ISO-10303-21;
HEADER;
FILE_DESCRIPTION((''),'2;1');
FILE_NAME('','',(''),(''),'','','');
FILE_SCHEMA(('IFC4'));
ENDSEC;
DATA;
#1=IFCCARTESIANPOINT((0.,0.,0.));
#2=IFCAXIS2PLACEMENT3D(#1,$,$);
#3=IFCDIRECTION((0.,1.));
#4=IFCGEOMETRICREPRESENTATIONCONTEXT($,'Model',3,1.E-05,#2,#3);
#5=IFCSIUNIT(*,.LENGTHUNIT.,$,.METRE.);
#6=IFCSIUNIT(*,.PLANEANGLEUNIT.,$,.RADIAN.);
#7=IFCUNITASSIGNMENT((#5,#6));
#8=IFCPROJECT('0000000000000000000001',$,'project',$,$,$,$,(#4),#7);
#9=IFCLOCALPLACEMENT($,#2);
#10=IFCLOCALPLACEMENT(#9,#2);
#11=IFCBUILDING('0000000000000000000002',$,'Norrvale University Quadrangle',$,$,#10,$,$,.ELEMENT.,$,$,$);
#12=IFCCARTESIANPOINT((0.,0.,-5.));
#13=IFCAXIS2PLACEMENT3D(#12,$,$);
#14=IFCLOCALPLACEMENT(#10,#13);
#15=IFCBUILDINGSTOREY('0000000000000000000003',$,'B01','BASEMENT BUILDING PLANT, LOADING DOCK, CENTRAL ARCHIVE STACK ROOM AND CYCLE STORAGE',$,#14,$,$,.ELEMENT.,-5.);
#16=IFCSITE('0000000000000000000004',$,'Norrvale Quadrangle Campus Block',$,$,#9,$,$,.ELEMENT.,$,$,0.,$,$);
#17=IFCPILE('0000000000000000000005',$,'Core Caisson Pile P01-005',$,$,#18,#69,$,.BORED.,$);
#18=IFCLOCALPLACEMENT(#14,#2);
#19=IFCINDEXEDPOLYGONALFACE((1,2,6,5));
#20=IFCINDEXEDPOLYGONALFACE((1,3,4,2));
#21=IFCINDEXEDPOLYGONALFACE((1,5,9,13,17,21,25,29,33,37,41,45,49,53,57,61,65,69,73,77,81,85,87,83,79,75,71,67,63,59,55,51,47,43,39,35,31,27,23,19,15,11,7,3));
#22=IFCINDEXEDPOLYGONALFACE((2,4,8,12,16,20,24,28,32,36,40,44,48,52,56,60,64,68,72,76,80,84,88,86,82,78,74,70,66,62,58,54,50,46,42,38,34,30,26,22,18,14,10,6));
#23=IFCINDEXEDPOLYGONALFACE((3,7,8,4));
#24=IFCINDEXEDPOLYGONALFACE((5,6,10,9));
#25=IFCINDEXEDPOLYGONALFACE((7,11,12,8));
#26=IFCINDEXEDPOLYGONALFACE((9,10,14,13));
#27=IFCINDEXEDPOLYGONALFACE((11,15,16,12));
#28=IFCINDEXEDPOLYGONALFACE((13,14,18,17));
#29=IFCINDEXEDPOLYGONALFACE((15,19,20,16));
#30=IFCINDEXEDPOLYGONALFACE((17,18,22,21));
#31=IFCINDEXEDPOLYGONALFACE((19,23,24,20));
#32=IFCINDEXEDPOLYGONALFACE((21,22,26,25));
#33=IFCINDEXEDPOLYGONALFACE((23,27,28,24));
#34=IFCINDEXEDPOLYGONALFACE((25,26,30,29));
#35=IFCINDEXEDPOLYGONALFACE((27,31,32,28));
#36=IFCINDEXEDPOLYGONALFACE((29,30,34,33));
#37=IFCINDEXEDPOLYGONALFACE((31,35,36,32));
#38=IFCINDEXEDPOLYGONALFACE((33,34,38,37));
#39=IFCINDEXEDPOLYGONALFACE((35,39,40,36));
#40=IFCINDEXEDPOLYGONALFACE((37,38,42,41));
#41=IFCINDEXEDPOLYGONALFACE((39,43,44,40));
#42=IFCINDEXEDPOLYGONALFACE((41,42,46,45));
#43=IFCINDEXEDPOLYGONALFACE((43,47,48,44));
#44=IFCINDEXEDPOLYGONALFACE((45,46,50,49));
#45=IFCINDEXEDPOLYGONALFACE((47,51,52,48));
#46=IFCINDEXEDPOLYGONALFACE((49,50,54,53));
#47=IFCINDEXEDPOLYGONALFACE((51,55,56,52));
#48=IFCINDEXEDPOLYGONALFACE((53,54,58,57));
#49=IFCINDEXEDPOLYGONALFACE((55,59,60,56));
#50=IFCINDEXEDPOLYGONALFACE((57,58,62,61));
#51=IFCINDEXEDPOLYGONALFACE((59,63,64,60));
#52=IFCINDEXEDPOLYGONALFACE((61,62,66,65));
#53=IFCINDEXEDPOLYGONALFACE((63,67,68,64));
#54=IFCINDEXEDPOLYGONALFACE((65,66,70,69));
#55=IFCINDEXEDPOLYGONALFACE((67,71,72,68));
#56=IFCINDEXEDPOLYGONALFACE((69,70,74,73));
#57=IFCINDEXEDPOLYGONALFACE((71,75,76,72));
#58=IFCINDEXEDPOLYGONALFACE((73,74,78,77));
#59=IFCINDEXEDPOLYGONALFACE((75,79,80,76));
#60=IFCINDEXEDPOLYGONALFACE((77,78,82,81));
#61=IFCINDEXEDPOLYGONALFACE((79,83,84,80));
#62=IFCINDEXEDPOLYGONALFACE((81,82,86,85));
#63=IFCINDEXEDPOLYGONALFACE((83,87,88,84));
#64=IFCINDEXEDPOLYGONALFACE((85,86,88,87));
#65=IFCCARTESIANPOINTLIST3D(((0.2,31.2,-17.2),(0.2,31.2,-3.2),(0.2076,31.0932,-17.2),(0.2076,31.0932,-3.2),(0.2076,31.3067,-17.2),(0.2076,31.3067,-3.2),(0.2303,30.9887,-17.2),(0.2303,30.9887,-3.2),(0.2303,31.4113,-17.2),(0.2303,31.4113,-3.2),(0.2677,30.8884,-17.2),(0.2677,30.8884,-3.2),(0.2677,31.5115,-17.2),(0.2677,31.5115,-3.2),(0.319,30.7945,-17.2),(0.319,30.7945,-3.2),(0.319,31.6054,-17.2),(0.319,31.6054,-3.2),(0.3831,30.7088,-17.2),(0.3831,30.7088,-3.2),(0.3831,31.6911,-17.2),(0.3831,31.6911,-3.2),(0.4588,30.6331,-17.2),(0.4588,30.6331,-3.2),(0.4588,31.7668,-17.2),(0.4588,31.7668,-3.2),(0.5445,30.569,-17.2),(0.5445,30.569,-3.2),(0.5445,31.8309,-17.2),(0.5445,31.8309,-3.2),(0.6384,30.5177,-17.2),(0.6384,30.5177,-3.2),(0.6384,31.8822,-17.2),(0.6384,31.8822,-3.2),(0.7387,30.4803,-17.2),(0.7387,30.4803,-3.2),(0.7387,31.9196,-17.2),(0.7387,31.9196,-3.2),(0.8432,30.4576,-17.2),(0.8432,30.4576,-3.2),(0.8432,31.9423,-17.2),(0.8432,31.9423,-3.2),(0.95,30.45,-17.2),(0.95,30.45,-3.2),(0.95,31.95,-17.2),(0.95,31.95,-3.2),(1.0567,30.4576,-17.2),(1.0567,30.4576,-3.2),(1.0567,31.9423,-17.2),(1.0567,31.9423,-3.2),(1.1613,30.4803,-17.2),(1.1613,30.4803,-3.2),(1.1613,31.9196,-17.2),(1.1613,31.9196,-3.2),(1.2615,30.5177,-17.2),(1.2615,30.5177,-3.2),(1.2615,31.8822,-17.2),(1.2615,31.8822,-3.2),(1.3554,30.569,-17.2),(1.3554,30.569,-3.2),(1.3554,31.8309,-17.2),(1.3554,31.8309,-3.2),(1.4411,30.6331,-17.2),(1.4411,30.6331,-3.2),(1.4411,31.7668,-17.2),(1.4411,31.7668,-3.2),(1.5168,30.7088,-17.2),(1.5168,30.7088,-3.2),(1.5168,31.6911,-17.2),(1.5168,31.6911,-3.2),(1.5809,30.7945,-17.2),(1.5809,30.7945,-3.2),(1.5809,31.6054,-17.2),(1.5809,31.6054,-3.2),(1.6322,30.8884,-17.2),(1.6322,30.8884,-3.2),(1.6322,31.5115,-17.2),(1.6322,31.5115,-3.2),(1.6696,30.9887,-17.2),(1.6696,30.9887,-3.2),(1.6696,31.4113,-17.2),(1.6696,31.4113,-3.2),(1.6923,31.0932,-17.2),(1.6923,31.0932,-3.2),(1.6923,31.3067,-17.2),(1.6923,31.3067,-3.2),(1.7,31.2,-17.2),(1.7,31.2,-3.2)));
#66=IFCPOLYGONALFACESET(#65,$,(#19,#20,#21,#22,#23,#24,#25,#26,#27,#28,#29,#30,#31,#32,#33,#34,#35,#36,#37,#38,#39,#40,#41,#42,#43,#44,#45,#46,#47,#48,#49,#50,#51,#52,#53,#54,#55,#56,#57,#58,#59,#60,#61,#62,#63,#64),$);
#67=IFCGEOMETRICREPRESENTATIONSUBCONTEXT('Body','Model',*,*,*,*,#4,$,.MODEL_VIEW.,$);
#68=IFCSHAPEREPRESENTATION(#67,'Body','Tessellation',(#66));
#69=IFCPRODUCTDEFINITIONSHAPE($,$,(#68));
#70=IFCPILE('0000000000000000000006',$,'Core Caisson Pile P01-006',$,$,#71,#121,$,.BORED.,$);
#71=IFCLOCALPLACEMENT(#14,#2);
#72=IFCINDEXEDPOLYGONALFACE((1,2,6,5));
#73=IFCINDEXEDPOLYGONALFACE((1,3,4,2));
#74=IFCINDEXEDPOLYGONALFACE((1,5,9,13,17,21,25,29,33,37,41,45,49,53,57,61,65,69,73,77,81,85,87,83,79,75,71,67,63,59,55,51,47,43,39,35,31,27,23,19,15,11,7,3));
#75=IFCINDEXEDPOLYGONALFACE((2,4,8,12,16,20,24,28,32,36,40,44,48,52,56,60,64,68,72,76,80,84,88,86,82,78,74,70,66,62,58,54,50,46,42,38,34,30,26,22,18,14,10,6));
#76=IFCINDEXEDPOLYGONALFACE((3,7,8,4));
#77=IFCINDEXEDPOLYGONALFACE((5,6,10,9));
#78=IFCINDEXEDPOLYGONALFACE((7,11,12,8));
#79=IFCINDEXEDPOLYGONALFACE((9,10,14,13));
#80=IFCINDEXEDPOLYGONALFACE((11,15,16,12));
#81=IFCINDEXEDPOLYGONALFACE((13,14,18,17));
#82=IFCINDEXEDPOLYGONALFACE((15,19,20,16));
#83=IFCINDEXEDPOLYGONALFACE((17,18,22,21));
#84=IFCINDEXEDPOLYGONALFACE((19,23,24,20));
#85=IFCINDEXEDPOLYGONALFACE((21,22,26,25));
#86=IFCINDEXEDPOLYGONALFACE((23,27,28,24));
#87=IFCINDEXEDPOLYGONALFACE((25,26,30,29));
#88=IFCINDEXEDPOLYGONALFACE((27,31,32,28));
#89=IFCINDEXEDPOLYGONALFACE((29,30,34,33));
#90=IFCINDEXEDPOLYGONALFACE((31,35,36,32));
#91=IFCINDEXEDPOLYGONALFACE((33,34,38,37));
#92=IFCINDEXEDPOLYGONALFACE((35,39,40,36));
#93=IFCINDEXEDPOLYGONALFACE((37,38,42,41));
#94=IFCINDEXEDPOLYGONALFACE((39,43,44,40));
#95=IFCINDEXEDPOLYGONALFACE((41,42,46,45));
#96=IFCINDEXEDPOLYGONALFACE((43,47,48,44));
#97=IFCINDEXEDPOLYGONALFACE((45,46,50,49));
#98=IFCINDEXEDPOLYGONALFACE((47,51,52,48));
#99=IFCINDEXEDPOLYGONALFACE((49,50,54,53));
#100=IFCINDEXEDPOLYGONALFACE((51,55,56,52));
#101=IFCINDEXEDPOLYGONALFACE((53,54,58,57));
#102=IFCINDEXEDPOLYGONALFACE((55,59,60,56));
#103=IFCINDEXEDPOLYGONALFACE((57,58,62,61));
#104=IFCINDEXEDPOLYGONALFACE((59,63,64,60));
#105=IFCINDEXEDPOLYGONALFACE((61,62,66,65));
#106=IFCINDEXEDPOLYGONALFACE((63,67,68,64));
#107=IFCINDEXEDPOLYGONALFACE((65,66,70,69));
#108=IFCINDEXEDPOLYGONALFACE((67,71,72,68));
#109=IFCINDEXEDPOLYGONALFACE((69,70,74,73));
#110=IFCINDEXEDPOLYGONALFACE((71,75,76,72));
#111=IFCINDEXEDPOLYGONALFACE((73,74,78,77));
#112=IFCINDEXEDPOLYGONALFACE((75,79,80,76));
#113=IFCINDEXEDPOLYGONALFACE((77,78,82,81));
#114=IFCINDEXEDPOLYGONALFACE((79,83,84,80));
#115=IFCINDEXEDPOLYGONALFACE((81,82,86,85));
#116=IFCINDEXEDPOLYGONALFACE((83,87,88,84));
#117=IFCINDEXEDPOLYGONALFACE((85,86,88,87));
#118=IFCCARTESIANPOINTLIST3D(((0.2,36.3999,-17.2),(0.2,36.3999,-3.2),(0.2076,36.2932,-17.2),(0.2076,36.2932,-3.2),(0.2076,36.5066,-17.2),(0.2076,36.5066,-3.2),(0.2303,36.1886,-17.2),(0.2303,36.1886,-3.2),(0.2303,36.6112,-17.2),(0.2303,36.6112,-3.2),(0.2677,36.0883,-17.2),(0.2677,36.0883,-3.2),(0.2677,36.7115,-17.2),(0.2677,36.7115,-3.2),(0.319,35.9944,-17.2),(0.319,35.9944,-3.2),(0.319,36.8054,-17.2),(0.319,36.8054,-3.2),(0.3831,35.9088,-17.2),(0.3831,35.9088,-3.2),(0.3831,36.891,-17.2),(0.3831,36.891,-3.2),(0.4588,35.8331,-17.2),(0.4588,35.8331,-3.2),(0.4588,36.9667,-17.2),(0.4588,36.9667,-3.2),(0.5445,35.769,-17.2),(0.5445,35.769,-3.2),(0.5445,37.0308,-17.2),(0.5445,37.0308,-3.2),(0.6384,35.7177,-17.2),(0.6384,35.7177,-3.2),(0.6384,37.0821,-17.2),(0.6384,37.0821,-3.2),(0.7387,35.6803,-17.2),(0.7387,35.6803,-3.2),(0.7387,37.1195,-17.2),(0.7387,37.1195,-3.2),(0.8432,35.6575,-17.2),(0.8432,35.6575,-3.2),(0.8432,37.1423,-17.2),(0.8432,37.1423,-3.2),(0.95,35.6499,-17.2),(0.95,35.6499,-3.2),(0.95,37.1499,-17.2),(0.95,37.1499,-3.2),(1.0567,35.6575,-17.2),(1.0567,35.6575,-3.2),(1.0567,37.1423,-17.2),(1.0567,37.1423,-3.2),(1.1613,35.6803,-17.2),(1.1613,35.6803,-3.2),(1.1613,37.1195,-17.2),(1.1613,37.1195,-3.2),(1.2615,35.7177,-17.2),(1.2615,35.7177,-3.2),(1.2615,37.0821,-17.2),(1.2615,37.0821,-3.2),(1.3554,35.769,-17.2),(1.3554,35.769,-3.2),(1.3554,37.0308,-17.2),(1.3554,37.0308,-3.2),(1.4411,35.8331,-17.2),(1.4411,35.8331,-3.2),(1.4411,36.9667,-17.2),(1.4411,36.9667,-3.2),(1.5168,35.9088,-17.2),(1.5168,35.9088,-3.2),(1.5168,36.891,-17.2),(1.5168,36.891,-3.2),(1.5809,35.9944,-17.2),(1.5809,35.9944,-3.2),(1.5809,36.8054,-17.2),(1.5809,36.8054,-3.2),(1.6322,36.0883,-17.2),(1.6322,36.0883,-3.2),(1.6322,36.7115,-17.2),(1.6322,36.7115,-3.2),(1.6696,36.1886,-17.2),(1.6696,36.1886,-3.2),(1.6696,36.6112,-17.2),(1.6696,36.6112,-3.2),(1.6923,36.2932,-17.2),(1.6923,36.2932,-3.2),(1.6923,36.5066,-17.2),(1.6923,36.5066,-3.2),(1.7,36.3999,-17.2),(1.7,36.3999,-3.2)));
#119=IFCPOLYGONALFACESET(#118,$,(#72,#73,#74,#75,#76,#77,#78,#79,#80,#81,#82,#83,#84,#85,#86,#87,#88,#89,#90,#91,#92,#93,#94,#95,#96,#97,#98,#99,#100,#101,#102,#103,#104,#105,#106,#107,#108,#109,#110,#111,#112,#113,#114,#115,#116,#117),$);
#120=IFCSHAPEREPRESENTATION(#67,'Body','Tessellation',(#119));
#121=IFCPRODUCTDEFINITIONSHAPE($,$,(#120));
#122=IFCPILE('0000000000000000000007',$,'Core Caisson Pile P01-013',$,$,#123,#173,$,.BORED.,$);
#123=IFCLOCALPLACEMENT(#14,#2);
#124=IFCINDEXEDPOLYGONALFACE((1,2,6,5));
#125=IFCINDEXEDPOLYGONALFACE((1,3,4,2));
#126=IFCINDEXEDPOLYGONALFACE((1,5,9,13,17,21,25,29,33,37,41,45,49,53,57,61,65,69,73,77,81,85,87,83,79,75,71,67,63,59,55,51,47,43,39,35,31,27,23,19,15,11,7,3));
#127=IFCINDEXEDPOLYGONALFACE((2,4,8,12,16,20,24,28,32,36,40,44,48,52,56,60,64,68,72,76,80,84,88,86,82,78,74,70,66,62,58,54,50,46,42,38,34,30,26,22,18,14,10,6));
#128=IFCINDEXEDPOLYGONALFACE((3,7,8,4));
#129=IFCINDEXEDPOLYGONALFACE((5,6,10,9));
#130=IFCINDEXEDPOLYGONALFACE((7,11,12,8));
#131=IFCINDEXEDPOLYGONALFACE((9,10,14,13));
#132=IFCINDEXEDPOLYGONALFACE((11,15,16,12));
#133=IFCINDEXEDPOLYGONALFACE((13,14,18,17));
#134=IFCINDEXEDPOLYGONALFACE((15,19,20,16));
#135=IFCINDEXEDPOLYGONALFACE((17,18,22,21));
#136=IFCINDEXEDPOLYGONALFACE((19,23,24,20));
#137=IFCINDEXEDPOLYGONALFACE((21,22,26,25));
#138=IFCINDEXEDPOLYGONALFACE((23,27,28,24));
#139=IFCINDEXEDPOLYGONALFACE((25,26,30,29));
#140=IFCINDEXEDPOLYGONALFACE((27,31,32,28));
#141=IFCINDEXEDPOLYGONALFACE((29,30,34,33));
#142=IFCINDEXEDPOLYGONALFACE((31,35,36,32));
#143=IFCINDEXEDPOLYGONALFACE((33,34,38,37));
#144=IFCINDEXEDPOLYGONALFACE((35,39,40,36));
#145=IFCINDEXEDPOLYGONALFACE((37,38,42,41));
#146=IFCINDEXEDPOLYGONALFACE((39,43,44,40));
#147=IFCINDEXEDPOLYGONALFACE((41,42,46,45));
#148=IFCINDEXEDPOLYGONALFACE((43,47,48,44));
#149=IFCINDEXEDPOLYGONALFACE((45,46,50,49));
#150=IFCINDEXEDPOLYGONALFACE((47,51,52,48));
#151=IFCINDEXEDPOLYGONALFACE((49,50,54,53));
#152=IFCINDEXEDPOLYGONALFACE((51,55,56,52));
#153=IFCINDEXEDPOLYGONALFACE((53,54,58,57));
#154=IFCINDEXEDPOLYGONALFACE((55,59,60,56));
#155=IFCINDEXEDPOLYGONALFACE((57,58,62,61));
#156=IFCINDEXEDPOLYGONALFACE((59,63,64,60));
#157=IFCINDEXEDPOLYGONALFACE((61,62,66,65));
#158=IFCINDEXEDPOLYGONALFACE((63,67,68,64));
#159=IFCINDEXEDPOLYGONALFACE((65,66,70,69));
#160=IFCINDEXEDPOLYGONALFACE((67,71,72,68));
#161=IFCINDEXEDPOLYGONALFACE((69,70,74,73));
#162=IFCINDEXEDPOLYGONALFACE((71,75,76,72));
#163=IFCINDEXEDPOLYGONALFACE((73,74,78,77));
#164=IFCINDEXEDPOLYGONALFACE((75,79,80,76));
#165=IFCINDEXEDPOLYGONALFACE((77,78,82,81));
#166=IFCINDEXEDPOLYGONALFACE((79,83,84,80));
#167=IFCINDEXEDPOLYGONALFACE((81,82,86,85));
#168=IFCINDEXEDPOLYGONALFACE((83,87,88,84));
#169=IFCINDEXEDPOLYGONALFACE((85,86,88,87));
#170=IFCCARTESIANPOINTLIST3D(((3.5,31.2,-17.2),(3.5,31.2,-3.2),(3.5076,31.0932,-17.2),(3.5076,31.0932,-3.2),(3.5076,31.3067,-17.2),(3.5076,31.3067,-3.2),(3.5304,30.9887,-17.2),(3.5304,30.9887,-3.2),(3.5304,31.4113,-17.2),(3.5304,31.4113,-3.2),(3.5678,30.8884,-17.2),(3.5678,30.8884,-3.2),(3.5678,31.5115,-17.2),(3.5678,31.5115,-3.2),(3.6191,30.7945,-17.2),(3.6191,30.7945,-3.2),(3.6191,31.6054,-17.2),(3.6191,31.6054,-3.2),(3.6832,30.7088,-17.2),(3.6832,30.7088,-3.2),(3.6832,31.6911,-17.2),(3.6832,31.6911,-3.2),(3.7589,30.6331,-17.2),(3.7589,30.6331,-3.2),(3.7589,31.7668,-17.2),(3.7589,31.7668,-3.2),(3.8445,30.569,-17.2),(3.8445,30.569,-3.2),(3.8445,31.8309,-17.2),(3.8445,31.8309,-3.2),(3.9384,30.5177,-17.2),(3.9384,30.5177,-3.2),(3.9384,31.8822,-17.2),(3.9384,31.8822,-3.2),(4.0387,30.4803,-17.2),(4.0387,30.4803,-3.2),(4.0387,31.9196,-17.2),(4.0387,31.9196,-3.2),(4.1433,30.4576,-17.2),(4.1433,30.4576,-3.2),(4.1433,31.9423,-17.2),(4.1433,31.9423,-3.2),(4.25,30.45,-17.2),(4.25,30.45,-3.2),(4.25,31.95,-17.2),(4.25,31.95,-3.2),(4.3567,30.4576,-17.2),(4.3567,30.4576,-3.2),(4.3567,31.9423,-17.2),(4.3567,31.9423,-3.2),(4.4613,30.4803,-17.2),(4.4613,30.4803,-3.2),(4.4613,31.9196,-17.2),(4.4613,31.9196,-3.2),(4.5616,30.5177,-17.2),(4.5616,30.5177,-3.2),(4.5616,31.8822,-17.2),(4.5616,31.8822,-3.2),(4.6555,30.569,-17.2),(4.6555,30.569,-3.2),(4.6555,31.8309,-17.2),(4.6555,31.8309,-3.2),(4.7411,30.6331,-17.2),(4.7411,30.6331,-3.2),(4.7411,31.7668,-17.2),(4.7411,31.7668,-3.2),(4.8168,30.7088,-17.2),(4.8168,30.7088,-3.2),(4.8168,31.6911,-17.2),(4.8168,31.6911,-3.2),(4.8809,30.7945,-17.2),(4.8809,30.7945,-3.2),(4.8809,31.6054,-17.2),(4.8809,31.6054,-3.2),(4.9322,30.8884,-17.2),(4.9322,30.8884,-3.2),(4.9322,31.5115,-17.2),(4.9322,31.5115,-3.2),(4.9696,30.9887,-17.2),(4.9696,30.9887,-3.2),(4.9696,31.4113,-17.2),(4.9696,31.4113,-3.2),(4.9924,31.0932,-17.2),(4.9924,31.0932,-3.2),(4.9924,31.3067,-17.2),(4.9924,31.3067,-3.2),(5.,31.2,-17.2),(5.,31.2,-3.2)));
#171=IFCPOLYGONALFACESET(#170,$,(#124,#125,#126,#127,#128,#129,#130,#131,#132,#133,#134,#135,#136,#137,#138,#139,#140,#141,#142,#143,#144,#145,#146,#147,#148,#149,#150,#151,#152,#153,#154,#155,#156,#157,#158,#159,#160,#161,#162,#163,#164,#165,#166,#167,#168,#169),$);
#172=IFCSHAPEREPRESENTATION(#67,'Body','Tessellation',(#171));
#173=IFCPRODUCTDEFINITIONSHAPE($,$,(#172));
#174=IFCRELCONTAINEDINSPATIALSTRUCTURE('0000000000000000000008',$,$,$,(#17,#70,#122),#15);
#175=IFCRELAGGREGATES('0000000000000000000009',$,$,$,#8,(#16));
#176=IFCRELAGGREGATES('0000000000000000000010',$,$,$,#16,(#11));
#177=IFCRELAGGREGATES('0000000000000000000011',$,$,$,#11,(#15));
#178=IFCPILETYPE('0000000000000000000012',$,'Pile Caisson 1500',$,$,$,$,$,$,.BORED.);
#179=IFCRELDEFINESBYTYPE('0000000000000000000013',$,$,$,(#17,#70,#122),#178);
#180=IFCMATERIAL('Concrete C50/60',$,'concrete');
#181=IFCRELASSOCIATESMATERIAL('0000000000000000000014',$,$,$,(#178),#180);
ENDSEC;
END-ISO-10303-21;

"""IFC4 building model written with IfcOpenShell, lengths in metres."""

from ifc_helpers import new_model, si_unit, direction, frame, origin, origin_2d, place, context, subcontext, project, spatial, circle, extrude, material, material_profile, profile_set, type_object, element, save


model = new_model("IFC4")

# Units and contexts
model_context = context("Model", 3, precision=1e-05, world=origin(), true_north=direction((0.0, 1.0)))
body_context = subcontext(model_context, "Body", "Model", "MODEL_VIEW")
ifc_project = project(units=[si_unit("LENGTHUNIT", "METRE"), si_unit("PLANEANGLEUNIT", "RADIAN")], contexts=[model_context])

# Site, building, storey
site_placement = place(None, origin())
site = spatial("IfcSite", under=ifc_project, at=site_placement, Name="Norrvale Quadrangle Campus Block", CompositionType="ELEMENT", RefElevation=0.0)
building_placement = place(site_placement, origin())
building = spatial("IfcBuilding", under=site, at=building_placement, Name="Norrvale University Quadrangle", CompositionType="ELEMENT")
storey_placement = place(building_placement, frame((0.0, 0.0, -5.0)))
storey = spatial("IfcBuildingStorey", under=building, at=storey_placement, Name="B01", Description="BASEMENT BUILDING PLANT, LOADING DOCK, CENTRAL ARCHIVE STACK ROOM AND CYCLE STORAGE", CompositionType="ELEMENT", Elevation=-5.0)

# Piles
ifc_material_1 = material(Name="Concrete C50/60", Category="concrete")
ifc_material_profile_1 = material_profile(ifc_material_1, circle(Radius=0.75, at=origin_2d()), Name="Concrete C50/60")
ifc_profile_set_1 = profile_set([ifc_material_profile_1], Name="Concrete C50/60")
pile_type = type_object("IfcPileType", Name="Pile Caisson 1500", PredefinedType="BORED", material=ifc_profile_set_1)
for number, where, z_axis, x_axis, name in (
    (1, (0.95, 31.2, -3.2), (0.0, 0.0, -1.0), (1.0, 0.0, 0.0), "Core Caisson Pile P01-005"),
    (2, (0.95, 36.3999, -3.2), (0.0, 0.0, -1.0), (1.0, 0.0, 0.0), "Core Caisson Pile P01-006"),
    (3, (4.25, 31.2, -3.2), (0.0, 0.0, -1.0), (1.0, 0.0, 0.0), "Core Caisson Pile P01-013"),
):
    element("IfcPile", number, at=place(storey_placement, frame(where, z_axis=z_axis, x_axis=x_axis)), inside=storey, type_object=pile_type, Name=name, PredefinedType="BORED", context=body_context, shape_type="SweptSolid", body=[
        extrude(circle(Radius=0.75, at=origin_2d()), origin(), (0.0, 0.0, 1.0), 14.0),
    ])

save(model, "model.ifc")
